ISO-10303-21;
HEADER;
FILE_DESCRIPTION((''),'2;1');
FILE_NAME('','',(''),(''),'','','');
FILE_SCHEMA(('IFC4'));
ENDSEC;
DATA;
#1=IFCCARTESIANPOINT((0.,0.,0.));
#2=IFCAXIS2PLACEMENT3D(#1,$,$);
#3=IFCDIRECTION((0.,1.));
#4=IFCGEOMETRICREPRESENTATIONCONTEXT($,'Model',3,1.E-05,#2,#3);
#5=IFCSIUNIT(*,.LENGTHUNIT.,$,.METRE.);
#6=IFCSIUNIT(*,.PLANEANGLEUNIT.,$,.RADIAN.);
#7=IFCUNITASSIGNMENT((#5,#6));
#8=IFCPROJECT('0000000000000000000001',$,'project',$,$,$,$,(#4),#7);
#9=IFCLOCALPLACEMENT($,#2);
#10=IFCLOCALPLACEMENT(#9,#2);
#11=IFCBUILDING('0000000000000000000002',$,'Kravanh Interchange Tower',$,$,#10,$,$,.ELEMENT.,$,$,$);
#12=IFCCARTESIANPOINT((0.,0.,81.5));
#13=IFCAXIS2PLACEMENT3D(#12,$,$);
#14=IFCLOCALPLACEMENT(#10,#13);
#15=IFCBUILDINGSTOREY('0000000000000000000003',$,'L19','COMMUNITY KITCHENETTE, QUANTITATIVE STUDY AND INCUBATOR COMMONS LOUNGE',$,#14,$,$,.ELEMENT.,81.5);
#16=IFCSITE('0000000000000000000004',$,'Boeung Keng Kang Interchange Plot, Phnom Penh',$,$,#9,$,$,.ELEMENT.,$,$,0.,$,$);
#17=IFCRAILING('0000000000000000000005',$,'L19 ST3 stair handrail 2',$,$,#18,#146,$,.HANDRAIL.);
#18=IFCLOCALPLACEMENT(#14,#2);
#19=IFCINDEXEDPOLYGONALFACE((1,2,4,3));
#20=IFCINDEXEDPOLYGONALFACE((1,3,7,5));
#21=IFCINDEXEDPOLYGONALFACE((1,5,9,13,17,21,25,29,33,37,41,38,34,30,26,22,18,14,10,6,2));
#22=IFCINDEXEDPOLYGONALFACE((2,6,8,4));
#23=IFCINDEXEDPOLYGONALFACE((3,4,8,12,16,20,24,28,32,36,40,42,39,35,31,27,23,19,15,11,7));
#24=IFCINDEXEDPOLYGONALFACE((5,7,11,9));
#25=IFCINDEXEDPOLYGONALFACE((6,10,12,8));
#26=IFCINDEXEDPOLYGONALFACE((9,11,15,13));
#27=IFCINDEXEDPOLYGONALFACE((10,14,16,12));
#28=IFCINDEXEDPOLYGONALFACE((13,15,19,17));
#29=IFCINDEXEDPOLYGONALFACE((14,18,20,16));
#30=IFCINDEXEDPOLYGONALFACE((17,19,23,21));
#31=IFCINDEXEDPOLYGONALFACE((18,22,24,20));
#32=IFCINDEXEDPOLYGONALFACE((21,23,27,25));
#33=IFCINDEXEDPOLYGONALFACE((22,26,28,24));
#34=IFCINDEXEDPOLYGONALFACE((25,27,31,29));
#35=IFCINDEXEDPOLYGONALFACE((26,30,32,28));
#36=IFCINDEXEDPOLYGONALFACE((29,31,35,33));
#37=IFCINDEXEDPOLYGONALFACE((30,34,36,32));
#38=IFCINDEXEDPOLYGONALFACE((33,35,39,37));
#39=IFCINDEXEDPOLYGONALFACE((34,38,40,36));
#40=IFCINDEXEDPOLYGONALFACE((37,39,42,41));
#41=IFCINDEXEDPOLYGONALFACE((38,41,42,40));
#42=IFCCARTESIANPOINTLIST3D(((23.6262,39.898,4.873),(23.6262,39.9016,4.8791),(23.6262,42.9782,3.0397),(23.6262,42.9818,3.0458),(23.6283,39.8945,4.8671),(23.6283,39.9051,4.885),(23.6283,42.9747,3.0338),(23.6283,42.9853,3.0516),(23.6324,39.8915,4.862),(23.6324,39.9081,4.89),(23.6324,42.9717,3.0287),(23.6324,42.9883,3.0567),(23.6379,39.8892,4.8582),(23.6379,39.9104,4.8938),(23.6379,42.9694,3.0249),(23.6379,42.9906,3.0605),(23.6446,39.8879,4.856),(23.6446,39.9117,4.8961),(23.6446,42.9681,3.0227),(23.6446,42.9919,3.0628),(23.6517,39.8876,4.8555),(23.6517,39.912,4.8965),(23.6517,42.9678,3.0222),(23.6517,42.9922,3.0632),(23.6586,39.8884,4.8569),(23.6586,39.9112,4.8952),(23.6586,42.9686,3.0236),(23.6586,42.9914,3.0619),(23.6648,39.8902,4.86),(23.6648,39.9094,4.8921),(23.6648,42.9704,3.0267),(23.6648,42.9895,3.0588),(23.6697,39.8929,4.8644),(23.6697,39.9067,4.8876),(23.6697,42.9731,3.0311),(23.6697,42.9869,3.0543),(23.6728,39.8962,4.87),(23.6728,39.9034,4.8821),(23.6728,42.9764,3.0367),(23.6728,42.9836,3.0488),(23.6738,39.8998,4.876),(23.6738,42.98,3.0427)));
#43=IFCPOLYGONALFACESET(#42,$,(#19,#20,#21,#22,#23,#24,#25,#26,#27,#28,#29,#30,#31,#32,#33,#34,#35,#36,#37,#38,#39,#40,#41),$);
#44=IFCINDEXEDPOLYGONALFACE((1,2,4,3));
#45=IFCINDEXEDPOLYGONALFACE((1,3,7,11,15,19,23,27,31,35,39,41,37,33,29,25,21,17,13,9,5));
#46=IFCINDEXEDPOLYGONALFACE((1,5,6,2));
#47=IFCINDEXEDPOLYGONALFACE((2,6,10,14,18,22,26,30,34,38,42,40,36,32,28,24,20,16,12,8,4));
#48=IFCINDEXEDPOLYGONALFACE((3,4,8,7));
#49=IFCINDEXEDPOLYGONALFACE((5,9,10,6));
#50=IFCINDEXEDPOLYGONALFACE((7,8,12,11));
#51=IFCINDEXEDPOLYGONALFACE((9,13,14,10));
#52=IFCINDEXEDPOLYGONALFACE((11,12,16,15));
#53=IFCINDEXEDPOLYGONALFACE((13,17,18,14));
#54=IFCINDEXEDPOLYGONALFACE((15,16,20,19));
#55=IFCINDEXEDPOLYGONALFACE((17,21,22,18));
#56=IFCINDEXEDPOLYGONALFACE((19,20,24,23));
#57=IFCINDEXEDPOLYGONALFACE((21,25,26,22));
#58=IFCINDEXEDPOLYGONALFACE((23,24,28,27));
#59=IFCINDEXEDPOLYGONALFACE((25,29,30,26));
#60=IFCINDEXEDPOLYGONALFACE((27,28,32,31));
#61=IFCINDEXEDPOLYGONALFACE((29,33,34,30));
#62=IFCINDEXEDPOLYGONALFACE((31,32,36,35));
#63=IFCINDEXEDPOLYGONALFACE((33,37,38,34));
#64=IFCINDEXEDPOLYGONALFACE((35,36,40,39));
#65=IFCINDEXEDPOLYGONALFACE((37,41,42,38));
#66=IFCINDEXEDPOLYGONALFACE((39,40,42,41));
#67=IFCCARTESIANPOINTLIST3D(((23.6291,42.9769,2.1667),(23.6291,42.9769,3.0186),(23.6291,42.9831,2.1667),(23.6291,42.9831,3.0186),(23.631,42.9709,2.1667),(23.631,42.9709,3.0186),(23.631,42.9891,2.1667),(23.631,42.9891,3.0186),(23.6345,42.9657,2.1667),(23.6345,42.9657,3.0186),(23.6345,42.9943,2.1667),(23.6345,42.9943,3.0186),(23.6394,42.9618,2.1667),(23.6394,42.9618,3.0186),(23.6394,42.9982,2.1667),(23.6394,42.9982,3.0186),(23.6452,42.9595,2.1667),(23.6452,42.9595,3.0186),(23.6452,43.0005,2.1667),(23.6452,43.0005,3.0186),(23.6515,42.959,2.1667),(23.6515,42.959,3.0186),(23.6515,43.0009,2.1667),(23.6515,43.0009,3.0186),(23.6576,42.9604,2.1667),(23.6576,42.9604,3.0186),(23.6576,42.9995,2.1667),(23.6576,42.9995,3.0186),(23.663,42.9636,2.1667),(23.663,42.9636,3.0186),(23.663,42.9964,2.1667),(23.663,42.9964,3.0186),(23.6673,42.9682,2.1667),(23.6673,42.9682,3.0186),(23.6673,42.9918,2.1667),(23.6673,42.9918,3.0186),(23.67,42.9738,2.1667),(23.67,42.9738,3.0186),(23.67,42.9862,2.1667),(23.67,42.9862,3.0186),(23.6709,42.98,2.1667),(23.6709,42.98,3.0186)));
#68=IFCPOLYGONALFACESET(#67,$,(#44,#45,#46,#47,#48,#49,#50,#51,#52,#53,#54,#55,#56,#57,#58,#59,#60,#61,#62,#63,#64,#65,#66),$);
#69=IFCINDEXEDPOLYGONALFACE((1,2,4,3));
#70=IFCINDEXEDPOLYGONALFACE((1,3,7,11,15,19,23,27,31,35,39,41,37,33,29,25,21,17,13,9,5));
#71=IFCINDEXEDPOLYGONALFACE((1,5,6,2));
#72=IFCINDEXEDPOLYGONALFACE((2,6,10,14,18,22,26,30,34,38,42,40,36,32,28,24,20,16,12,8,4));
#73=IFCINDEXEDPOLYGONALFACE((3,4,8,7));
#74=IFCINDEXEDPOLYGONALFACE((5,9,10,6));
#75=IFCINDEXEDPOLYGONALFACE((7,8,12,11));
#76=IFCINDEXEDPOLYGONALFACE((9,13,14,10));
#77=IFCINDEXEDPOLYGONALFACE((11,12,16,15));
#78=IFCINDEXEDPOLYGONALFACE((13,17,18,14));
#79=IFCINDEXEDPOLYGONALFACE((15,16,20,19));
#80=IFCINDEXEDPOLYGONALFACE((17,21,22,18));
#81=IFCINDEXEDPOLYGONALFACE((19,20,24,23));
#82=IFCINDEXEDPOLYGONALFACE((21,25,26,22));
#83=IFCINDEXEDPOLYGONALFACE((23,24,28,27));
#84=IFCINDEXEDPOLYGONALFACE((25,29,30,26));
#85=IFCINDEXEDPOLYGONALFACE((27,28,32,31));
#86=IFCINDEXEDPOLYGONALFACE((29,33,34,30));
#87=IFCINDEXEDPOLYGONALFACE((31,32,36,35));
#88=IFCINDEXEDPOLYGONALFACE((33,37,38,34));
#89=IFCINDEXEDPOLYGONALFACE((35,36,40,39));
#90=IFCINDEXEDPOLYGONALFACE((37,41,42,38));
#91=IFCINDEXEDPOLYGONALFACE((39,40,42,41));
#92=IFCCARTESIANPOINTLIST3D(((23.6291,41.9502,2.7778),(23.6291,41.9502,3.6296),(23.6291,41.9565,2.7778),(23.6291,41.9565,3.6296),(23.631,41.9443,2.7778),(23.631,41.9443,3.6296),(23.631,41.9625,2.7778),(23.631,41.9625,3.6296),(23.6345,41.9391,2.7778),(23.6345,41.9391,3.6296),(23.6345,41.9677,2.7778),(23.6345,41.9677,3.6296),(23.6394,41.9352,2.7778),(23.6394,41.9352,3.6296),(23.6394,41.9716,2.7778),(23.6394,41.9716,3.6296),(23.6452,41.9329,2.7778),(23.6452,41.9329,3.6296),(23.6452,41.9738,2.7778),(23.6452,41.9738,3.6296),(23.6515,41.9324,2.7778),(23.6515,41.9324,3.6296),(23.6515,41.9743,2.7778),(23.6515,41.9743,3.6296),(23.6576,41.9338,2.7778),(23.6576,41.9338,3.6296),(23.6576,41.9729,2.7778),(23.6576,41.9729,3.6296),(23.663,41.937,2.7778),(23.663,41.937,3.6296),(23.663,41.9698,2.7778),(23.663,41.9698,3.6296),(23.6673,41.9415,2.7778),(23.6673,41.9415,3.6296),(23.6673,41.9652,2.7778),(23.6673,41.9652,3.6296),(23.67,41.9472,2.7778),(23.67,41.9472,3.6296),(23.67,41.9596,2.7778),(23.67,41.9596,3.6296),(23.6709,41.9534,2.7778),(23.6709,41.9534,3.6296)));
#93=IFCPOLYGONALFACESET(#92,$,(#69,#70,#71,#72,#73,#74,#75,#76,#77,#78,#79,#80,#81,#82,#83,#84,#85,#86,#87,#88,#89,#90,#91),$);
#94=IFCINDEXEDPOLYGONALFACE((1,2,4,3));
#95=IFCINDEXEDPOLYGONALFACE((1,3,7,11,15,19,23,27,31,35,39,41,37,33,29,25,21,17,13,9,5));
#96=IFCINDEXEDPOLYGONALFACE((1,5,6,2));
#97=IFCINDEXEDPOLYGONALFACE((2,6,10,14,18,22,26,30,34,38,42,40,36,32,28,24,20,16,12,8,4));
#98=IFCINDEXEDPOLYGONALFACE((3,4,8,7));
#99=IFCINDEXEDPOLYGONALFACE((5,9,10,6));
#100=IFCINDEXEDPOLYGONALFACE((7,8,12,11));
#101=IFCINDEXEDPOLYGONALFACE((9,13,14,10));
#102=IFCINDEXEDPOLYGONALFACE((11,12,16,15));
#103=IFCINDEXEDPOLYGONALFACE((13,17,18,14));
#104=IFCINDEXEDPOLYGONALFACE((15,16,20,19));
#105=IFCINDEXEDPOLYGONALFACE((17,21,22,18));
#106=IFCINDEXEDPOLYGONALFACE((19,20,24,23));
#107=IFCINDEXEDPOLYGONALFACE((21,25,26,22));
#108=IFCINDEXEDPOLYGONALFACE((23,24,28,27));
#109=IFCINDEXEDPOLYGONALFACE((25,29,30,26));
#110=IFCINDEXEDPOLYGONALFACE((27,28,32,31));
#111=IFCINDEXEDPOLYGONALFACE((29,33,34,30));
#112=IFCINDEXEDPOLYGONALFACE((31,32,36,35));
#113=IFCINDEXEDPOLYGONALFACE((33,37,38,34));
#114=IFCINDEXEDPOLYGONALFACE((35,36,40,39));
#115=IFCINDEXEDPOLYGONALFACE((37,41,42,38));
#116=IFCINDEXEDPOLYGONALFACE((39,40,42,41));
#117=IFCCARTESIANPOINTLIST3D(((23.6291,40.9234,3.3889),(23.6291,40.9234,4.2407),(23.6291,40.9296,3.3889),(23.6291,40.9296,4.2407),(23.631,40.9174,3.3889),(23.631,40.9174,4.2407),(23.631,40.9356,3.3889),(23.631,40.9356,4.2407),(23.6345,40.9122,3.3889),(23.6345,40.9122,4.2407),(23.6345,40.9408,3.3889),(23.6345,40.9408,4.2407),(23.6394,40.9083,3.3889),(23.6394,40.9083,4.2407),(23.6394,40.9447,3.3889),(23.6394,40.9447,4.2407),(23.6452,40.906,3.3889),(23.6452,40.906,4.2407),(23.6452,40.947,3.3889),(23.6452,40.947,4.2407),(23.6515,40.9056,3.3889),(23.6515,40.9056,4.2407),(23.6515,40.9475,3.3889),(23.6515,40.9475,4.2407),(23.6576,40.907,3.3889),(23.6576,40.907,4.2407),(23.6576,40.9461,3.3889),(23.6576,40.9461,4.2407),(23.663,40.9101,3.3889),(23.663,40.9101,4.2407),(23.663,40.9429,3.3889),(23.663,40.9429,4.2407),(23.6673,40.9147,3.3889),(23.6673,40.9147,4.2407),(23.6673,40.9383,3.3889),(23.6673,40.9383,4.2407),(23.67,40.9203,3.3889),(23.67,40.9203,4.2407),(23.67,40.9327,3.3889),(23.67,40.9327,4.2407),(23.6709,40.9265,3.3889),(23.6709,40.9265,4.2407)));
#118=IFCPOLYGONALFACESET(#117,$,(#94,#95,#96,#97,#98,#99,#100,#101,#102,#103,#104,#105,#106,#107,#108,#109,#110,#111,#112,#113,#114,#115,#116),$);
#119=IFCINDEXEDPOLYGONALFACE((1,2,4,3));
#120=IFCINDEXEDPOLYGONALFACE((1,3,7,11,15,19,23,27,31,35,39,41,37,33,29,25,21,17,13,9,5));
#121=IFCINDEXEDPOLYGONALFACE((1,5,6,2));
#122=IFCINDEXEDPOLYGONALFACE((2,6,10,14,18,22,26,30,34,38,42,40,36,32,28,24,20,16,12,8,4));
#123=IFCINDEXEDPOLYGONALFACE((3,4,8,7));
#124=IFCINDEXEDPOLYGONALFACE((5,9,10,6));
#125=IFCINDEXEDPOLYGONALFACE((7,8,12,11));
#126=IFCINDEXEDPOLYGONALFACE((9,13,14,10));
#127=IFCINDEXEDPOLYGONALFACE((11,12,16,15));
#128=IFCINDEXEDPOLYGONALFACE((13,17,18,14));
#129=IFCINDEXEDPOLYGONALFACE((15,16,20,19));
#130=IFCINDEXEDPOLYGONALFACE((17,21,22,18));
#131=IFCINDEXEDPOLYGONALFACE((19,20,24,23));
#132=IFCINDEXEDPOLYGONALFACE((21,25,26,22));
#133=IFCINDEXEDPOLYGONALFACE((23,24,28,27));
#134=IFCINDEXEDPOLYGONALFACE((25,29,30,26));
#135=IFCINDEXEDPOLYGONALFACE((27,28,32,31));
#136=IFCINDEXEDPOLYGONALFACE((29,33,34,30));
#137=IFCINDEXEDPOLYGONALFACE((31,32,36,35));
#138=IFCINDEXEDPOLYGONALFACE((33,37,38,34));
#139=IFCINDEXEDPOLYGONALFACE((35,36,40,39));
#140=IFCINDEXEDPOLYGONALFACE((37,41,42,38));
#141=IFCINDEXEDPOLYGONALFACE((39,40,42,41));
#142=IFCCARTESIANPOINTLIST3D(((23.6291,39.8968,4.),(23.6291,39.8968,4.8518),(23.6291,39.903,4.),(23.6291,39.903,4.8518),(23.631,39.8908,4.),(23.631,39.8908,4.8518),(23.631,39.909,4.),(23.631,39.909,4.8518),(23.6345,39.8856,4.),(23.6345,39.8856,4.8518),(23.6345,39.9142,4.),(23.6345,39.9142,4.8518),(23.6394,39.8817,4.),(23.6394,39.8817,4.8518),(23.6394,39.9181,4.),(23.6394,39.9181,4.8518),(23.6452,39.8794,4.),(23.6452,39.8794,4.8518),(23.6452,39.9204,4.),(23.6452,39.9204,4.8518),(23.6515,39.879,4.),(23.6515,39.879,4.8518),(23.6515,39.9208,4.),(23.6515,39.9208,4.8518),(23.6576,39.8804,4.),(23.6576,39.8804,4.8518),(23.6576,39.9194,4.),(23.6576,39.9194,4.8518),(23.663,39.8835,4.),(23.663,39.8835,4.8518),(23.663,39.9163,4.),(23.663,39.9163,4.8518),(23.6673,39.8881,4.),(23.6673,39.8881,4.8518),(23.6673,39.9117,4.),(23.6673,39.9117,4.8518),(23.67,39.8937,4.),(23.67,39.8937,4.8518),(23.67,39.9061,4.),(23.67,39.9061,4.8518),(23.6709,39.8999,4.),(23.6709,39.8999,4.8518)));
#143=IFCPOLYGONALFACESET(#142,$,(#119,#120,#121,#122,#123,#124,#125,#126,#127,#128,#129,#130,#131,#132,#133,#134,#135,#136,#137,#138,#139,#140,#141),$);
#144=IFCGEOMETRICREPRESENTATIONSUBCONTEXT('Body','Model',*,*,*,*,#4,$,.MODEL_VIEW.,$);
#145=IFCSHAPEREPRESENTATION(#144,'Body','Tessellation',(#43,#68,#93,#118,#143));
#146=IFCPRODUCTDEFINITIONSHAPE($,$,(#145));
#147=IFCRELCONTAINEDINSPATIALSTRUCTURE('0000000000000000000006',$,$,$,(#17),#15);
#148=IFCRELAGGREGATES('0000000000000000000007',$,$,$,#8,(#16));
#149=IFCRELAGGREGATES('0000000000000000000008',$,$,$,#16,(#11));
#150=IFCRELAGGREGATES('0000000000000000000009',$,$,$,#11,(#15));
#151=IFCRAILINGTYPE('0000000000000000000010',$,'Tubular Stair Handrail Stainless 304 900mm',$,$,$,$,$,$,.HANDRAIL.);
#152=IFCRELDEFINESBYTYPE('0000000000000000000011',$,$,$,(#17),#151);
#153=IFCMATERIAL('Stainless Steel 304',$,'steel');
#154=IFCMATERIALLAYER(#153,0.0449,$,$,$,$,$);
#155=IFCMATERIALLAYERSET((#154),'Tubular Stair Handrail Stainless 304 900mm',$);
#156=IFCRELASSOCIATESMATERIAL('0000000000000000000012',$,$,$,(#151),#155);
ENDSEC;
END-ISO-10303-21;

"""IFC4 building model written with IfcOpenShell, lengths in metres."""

from ifc_helpers import new_model, si_unit, direction, frame, origin, origin_2d, place, context, subcontext, project, spatial, circle, extrude, material, layer, layer_set, type_object, element, save


model = new_model("IFC4")

# Units and contexts
model_context = context("Model", 3, precision=1e-05, world=origin(), true_north=direction((0.0, 1.0)))
body_context = subcontext(model_context, "Body", "Model", "MODEL_VIEW")
ifc_project = project(units=[si_unit("LENGTHUNIT", "METRE"), si_unit("PLANEANGLEUNIT", "RADIAN")], contexts=[model_context])

# Site, building, storey
site_placement = place(None, origin())
site = spatial("IfcSite", under=ifc_project, at=site_placement, Name="Boeung Keng Kang Interchange Plot, Phnom Penh", CompositionType="ELEMENT", RefElevation=0.0)
building_placement = place(site_placement, origin())
building = spatial("IfcBuilding", under=site, at=building_placement, Name="Kravanh Interchange Tower", CompositionType="ELEMENT")
storey_placement = place(building_placement, frame((0.0, 0.0, 81.5)))
storey = spatial("IfcBuildingStorey", under=building, at=storey_placement, Name="L19", Description="COMMUNITY KITCHENETTE, QUANTITATIVE STUDY AND INCUBATOR COMMONS LOUNGE", CompositionType="ELEMENT", Elevation=81.5)

# Railing
ifc_material_1 = material(Name="Stainless Steel 304", Category="steel")
ifc_layer_1 = layer(ifc_material_1, 0.0449)
ifc_layer_set_1 = layer_set([ifc_layer_1], Name="Tubular Stair Handrail Stainless 304 900mm")
railing_type_1 = type_object("IfcRailingType", Name="Tubular Stair Handrail Stainless 304 900mm", PredefinedType="HANDRAIL", material=ifc_layer_set_1)
railing_1_placement = place(storey_placement, frame((23.6499, 42.98, 2.1667)))
element("IfcRailing", 1, at=railing_1_placement, inside=storey, type_object=railing_type_1, Name="L19 ST3 stair handrail 2", PredefinedType="HANDRAIL", context=body_context, shape_type="SweptSolid", body=[
    extrude(circle(Radius=0.0239, at=origin_2d()), frame((0.0, 0.0, 0.876), z_axis=(0.0, -0.859309, 0.511458), x_axis=(1.0, 0.0, 0.0)), (0.0, 0.0, 1.0), 3.5845),
    extrude(circle(Radius=0.021, at=origin_2d()), origin(), (0.0, 0.0, 1.0), 0.8518),
    extrude(circle(Radius=0.021, at=origin_2d()), frame((0.0, -1.0266, 0.6111)), (0.0, 0.0, 1.0), 0.8518),
    extrude(circle(Radius=0.021, at=origin_2d()), frame((0.0, -2.0535, 1.2222)), (0.0, 0.0, 1.0), 0.8518),
    extrude(circle(Radius=0.021, at=origin_2d()), frame((0.0, -3.0801, 1.8333)), (0.0, 0.0, 1.0), 0.8518),
])

save(model, "model.ifc")
